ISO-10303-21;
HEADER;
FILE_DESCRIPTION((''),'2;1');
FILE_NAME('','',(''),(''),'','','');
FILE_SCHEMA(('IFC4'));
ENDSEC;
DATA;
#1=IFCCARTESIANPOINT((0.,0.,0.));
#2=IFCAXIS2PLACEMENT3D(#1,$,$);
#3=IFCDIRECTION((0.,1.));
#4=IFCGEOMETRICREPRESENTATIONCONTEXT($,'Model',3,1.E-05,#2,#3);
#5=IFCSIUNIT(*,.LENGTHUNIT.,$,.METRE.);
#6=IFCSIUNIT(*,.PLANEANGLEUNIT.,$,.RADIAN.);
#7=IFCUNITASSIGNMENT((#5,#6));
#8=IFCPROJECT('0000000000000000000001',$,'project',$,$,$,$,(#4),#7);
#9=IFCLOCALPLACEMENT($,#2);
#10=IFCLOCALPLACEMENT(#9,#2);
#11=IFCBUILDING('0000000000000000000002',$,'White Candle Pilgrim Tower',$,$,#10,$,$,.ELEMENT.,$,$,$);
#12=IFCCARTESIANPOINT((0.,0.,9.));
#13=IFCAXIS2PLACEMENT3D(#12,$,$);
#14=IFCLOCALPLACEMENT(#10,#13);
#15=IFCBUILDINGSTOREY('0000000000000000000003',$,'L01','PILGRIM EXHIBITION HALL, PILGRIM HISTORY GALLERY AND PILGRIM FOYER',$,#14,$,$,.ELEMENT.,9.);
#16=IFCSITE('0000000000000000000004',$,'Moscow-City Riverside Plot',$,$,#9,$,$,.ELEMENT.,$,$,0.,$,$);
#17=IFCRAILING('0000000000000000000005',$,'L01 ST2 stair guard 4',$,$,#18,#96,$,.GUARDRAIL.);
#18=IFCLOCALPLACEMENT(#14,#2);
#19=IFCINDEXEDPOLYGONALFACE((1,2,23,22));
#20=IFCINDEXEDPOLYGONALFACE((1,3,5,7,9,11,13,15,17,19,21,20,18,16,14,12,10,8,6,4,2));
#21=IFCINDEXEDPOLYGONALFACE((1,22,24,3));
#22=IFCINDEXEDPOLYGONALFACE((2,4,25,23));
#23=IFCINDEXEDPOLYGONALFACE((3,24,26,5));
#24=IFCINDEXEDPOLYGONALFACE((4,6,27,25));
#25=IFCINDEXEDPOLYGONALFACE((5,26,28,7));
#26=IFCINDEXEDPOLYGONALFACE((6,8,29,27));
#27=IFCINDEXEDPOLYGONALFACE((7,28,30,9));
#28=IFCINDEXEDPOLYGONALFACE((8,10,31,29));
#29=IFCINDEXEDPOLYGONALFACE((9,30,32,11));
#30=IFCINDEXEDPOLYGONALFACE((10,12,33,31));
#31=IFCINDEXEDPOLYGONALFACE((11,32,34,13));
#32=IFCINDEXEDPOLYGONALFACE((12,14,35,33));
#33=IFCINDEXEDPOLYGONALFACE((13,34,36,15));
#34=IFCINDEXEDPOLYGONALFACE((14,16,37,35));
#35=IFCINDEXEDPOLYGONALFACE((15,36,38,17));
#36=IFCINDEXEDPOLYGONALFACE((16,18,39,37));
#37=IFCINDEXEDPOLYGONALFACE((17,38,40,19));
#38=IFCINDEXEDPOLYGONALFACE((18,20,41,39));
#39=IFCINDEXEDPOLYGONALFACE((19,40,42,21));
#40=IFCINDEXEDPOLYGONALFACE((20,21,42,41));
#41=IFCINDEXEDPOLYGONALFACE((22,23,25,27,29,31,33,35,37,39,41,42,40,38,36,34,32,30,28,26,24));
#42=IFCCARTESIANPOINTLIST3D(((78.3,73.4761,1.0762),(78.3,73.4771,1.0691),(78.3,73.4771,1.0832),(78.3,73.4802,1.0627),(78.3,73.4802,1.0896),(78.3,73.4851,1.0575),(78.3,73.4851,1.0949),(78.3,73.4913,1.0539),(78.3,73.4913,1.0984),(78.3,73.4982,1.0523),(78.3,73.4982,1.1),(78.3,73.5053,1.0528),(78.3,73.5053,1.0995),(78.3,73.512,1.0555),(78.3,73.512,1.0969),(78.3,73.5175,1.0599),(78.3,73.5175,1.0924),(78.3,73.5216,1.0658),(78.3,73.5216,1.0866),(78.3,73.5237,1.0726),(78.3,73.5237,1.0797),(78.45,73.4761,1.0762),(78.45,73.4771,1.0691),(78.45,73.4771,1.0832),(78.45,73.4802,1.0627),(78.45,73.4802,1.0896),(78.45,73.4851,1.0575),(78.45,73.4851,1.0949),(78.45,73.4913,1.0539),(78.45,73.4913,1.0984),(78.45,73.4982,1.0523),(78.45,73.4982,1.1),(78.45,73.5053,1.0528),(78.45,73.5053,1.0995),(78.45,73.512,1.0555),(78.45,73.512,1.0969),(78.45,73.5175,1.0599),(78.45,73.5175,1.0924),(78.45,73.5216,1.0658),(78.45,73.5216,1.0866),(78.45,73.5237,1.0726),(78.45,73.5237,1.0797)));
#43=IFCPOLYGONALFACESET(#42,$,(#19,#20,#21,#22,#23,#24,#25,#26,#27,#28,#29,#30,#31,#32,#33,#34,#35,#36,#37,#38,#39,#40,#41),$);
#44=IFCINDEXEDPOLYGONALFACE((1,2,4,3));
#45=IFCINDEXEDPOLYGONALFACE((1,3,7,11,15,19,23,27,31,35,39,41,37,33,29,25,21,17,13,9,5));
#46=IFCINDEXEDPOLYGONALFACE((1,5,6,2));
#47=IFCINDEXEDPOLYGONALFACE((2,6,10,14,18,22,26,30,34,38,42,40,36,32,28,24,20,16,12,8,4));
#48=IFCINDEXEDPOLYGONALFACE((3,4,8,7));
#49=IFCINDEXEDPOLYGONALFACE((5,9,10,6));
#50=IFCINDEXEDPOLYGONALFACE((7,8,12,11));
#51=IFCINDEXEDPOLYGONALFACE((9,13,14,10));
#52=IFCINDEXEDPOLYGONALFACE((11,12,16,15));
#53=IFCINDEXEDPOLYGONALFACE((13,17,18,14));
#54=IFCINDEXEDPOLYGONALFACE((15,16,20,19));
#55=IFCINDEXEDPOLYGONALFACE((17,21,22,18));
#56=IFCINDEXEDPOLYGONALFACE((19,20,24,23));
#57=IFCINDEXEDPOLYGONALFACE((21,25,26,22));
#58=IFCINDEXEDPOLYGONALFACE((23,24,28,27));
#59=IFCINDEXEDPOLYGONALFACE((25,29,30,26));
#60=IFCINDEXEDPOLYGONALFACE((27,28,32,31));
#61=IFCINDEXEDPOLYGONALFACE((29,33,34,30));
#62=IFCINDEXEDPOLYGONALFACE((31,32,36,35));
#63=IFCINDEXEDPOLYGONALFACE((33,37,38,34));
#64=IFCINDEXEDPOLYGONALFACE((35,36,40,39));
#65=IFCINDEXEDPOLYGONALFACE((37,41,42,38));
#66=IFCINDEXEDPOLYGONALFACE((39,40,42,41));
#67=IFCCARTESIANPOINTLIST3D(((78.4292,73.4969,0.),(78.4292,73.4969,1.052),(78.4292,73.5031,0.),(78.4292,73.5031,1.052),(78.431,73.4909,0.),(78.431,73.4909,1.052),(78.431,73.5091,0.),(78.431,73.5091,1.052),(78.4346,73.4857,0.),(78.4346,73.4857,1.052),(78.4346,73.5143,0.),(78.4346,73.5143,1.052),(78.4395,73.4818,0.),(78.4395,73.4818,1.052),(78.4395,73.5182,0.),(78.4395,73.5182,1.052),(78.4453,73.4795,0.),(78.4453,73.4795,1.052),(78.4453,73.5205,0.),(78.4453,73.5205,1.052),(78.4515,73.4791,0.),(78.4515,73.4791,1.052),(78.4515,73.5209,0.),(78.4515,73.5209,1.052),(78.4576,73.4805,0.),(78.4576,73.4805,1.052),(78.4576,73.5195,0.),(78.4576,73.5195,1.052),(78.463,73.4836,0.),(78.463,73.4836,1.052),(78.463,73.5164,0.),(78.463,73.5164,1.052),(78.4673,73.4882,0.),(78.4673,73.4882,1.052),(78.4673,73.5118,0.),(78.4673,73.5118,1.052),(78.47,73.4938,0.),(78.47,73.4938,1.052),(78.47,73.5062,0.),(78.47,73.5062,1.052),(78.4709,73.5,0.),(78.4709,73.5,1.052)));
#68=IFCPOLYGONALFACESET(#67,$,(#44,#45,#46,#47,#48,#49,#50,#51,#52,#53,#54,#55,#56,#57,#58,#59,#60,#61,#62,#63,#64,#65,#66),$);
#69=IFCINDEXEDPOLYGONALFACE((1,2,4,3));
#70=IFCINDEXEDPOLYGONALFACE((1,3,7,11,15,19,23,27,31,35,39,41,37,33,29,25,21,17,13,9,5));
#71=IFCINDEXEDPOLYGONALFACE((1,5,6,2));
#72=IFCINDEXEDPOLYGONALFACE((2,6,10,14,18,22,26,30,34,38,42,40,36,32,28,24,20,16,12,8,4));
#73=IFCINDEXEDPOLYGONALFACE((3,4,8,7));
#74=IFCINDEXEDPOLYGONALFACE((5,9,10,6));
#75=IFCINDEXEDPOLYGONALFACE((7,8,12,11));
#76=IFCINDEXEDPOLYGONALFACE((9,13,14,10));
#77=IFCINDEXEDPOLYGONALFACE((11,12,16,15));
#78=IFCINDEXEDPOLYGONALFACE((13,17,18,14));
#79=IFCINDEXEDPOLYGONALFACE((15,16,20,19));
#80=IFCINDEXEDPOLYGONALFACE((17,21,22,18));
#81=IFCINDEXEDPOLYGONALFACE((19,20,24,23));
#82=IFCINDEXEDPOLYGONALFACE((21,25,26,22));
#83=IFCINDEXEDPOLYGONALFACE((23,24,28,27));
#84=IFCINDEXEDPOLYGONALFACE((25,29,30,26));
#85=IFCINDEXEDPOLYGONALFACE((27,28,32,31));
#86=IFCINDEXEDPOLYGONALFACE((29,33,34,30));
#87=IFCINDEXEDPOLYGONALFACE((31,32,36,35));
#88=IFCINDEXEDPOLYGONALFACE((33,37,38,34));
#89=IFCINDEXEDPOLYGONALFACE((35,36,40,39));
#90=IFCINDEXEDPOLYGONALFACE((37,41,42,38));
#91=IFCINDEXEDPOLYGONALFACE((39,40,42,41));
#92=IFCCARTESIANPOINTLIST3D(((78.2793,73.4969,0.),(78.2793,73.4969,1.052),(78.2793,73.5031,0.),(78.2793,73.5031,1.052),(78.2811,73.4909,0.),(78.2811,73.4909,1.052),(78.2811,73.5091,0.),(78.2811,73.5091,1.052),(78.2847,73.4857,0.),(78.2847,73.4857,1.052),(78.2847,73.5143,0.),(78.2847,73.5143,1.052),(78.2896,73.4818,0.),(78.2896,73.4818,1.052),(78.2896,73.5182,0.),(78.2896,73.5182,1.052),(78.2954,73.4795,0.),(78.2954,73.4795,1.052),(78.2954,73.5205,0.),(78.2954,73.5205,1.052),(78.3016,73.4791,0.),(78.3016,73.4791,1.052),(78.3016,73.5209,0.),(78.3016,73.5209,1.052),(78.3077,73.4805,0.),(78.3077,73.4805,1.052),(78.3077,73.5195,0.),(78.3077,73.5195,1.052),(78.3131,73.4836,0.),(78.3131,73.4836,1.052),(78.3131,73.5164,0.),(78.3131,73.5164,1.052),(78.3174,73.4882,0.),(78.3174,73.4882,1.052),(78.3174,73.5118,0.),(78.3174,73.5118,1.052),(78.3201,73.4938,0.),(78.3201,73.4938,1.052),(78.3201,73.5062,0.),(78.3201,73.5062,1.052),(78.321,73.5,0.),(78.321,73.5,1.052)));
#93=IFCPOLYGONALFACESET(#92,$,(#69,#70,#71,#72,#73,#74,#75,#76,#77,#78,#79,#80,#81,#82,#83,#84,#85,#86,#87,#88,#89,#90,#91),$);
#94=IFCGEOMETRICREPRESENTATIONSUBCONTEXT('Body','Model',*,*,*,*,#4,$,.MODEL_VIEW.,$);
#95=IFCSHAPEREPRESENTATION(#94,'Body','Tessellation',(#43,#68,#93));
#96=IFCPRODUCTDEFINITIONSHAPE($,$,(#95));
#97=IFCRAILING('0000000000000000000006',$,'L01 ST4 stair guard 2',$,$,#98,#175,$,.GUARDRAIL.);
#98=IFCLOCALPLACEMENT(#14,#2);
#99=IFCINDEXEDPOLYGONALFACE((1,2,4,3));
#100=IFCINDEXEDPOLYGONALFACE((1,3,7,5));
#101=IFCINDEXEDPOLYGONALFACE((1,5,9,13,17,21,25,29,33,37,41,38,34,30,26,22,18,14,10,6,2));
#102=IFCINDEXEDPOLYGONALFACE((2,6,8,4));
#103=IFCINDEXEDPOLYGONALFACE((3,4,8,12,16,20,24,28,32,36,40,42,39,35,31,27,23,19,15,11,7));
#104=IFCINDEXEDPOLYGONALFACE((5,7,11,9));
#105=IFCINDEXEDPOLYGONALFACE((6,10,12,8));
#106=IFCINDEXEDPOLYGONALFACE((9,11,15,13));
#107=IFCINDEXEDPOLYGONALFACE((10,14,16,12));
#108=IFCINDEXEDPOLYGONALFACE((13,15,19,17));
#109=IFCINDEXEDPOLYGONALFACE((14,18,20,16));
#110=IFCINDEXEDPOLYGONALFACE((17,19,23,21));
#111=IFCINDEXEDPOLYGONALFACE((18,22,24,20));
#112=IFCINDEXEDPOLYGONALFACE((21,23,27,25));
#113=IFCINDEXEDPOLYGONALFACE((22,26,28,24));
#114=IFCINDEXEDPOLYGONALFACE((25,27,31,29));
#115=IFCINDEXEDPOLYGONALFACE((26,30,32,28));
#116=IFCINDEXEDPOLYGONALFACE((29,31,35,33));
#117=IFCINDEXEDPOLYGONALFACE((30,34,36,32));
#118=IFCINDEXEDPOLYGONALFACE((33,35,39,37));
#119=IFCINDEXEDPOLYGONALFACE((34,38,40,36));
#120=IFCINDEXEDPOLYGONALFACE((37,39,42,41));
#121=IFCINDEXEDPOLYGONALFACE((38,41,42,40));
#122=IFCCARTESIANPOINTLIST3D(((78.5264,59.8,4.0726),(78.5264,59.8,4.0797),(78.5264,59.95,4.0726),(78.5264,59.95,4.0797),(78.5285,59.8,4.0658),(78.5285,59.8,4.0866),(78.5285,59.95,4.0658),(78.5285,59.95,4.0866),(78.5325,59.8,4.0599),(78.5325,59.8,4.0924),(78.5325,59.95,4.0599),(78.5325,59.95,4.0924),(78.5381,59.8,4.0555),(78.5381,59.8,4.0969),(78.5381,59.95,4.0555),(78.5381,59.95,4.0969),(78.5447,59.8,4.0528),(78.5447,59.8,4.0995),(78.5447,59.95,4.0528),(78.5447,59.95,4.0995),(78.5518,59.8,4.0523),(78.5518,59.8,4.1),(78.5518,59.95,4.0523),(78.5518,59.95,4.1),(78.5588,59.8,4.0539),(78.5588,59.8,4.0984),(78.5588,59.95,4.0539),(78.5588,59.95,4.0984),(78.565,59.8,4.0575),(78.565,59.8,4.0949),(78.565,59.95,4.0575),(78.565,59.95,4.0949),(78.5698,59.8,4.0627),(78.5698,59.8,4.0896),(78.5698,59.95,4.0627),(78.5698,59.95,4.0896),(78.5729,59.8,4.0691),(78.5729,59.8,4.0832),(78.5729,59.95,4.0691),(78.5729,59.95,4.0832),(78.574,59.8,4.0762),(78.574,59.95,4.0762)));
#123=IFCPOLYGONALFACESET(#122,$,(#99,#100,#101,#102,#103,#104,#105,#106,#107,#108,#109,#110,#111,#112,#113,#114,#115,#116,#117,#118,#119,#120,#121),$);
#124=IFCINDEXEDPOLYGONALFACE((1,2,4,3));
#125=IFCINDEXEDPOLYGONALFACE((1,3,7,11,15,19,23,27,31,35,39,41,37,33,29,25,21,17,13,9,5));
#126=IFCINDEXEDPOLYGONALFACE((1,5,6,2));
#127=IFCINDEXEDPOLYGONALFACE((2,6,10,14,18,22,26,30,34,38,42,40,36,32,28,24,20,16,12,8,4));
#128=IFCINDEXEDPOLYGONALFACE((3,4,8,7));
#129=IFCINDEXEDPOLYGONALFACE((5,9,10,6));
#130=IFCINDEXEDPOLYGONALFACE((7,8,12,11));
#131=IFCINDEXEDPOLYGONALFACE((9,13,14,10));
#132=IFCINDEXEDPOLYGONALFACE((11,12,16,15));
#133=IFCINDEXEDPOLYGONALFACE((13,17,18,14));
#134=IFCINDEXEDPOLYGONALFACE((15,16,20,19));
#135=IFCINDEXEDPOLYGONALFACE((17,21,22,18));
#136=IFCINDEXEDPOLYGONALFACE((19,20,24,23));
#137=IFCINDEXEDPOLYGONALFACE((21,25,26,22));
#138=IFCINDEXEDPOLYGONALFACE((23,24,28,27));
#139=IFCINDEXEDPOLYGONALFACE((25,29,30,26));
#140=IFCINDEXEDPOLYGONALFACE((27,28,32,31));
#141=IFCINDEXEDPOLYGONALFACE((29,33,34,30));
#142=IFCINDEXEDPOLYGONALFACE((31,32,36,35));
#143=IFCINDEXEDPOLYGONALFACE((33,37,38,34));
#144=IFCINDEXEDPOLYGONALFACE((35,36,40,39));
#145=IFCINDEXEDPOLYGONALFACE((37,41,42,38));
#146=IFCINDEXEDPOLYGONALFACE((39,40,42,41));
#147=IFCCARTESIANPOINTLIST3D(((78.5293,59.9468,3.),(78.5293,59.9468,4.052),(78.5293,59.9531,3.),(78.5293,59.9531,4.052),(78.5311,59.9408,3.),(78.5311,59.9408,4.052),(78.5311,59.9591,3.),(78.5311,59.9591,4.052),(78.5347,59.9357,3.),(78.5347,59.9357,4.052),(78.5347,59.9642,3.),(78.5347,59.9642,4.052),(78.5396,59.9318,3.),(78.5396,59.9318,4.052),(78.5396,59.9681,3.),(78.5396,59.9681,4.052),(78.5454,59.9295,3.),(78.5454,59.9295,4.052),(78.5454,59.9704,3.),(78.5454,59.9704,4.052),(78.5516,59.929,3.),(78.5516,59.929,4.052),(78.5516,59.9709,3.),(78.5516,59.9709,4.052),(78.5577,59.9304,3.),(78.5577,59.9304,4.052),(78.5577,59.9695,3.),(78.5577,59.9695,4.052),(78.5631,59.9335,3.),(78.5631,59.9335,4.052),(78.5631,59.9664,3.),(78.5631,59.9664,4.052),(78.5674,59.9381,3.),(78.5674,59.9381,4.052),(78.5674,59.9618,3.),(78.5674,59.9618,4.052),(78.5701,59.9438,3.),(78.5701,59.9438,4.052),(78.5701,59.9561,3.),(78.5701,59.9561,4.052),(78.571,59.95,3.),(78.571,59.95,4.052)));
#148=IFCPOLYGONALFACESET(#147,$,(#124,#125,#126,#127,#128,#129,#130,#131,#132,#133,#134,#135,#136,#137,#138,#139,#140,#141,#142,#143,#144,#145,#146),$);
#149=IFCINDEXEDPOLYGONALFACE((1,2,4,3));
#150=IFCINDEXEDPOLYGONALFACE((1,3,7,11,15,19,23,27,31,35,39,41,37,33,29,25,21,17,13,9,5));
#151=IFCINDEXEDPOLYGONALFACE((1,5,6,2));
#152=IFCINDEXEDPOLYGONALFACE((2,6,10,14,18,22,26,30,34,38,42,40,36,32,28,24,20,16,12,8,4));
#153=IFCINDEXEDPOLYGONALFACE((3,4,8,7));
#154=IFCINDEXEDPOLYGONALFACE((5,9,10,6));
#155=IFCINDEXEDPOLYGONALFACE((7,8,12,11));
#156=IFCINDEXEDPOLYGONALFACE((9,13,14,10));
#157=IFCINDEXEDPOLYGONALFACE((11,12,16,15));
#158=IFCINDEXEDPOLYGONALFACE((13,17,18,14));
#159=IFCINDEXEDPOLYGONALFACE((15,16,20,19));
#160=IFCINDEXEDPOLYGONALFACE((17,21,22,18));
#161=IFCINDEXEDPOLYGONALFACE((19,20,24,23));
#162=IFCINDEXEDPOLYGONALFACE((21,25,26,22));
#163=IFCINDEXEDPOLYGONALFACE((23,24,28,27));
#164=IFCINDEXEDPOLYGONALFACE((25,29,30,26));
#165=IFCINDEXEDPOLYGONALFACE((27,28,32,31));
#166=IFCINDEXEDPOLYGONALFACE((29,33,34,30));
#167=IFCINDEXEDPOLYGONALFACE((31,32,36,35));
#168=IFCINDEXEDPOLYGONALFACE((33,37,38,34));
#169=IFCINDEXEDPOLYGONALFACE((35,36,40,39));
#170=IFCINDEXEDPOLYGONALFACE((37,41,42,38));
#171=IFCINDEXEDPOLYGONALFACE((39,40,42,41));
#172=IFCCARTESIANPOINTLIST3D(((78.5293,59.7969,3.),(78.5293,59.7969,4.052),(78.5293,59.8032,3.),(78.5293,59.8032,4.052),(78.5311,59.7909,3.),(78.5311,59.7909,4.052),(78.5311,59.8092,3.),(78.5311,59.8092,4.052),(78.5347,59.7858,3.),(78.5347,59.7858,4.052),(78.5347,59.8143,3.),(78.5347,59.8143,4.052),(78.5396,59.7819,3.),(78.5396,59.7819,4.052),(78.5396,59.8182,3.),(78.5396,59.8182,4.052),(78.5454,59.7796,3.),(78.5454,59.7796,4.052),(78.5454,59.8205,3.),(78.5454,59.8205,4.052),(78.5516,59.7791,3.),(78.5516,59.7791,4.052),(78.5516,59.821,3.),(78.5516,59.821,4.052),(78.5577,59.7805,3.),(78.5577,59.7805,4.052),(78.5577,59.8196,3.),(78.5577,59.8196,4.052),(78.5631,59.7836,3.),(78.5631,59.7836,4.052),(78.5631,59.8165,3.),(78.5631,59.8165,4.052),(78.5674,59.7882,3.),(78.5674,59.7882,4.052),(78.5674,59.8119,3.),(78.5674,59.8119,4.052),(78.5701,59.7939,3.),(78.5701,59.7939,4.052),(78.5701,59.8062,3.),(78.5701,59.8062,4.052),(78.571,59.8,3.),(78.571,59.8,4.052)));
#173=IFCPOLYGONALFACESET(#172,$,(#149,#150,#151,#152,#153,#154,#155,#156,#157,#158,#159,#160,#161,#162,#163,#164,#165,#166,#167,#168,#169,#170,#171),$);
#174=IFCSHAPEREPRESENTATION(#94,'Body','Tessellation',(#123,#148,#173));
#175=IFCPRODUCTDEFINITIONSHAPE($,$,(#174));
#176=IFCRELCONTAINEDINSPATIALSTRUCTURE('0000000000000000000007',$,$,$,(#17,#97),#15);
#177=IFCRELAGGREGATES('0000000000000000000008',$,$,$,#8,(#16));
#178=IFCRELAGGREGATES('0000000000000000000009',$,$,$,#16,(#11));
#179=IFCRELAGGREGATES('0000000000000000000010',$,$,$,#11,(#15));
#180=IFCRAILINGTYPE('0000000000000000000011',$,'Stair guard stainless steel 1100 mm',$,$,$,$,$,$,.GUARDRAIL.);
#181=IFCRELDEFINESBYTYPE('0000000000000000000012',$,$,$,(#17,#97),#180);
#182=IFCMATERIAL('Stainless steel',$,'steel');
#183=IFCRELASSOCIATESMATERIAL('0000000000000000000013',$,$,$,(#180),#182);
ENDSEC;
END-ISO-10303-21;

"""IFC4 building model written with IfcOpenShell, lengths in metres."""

from ifc_helpers import new_model, si_unit, direction, frame, origin, origin_2d, place, context, subcontext, project, spatial, circle, extrude, material, type_object, element, save


model = new_model("IFC4")

# Units and contexts
model_context = context("Model", 3, precision=1e-05, world=origin(), true_north=direction((0.0, 1.0)))
body_context = subcontext(model_context, "Body", "Model", "MODEL_VIEW")
ifc_project = project(units=[si_unit("LENGTHUNIT", "METRE"), si_unit("PLANEANGLEUNIT", "RADIAN")], contexts=[model_context])

# Site, building, storey
site_placement = place(None, origin())
site = spatial("IfcSite", under=ifc_project, at=site_placement, Name="Moscow-City Riverside Plot", CompositionType="ELEMENT", RefElevation=0.0)
building_placement = place(site_placement, origin())
building = spatial("IfcBuilding", under=site, at=building_placement, Name="White Candle Pilgrim Tower", CompositionType="ELEMENT")
storey_placement = place(building_placement, frame((0.0, 0.0, 9.0)))
storey = spatial("IfcBuildingStorey", under=building, at=storey_placement, Name="L01", Description="PILGRIM EXHIBITION HALL, PILGRIM HISTORY GALLERY AND PILGRIM FOYER", CompositionType="ELEMENT", Elevation=9.0)

# Railings
ifc_material_1 = material(Name="Stainless steel", Category="steel")
railing_type_1 = type_object("IfcRailingType", Name="Stair guard stainless steel 1100 mm", PredefinedType="GUARDRAIL", material=ifc_material_1)
railing_1_placement = place(storey_placement, frame((78.45, 73.5, 0.0)))
element("IfcRailing", 1, at=railing_1_placement, inside=storey, type_object=railing_type_1, Name="L01 ST2 stair guard 4", PredefinedType="GUARDRAIL", context=body_context, shape_type="SweptSolid", body=[
    extrude(circle(Radius=0.0239, at=origin_2d()), frame((0.0, 0.0, 1.0762), z_axis=(-1.0, 0.0, 0.0), x_axis=(0.0, -1.0, 0.0)), (0.0, 0.0, 1.0), 0.1499),
    extrude(circle(Radius=0.021, at=origin_2d()), origin(), (0.0, 0.0, 1.0), 1.052),
    extrude(circle(Radius=0.021, at=origin_2d()), frame((-0.1499, 0.0, 0.0)), (0.0, 0.0, 1.0), 1.052),
])
railing_2_placement = place(storey_placement, frame((78.55, 59.95, 3.0)))
element("IfcRailing", 2, at=railing_2_placement, inside=storey, type_object=railing_type_1, Name="L01 ST4 stair guard 2", PredefinedType="GUARDRAIL", context=body_context, shape_type="SweptSolid", body=[
    extrude(circle(Radius=0.0239, at=origin_2d()), frame((0.0, 0.0, 1.0762), z_axis=(0.0, -1.0, 0.0), x_axis=(1.0, 0.0, 0.0)), (0.0, 0.0, 1.0), 0.1499),
    extrude(circle(Radius=0.021, at=origin_2d()), origin(), (0.0, 0.0, 1.0), 1.052),
    extrude(circle(Radius=0.021, at=origin_2d()), frame((0.0, -0.1499, 0.0)), (0.0, 0.0, 1.0), 1.052),
])

save(model, "model.ifc")
